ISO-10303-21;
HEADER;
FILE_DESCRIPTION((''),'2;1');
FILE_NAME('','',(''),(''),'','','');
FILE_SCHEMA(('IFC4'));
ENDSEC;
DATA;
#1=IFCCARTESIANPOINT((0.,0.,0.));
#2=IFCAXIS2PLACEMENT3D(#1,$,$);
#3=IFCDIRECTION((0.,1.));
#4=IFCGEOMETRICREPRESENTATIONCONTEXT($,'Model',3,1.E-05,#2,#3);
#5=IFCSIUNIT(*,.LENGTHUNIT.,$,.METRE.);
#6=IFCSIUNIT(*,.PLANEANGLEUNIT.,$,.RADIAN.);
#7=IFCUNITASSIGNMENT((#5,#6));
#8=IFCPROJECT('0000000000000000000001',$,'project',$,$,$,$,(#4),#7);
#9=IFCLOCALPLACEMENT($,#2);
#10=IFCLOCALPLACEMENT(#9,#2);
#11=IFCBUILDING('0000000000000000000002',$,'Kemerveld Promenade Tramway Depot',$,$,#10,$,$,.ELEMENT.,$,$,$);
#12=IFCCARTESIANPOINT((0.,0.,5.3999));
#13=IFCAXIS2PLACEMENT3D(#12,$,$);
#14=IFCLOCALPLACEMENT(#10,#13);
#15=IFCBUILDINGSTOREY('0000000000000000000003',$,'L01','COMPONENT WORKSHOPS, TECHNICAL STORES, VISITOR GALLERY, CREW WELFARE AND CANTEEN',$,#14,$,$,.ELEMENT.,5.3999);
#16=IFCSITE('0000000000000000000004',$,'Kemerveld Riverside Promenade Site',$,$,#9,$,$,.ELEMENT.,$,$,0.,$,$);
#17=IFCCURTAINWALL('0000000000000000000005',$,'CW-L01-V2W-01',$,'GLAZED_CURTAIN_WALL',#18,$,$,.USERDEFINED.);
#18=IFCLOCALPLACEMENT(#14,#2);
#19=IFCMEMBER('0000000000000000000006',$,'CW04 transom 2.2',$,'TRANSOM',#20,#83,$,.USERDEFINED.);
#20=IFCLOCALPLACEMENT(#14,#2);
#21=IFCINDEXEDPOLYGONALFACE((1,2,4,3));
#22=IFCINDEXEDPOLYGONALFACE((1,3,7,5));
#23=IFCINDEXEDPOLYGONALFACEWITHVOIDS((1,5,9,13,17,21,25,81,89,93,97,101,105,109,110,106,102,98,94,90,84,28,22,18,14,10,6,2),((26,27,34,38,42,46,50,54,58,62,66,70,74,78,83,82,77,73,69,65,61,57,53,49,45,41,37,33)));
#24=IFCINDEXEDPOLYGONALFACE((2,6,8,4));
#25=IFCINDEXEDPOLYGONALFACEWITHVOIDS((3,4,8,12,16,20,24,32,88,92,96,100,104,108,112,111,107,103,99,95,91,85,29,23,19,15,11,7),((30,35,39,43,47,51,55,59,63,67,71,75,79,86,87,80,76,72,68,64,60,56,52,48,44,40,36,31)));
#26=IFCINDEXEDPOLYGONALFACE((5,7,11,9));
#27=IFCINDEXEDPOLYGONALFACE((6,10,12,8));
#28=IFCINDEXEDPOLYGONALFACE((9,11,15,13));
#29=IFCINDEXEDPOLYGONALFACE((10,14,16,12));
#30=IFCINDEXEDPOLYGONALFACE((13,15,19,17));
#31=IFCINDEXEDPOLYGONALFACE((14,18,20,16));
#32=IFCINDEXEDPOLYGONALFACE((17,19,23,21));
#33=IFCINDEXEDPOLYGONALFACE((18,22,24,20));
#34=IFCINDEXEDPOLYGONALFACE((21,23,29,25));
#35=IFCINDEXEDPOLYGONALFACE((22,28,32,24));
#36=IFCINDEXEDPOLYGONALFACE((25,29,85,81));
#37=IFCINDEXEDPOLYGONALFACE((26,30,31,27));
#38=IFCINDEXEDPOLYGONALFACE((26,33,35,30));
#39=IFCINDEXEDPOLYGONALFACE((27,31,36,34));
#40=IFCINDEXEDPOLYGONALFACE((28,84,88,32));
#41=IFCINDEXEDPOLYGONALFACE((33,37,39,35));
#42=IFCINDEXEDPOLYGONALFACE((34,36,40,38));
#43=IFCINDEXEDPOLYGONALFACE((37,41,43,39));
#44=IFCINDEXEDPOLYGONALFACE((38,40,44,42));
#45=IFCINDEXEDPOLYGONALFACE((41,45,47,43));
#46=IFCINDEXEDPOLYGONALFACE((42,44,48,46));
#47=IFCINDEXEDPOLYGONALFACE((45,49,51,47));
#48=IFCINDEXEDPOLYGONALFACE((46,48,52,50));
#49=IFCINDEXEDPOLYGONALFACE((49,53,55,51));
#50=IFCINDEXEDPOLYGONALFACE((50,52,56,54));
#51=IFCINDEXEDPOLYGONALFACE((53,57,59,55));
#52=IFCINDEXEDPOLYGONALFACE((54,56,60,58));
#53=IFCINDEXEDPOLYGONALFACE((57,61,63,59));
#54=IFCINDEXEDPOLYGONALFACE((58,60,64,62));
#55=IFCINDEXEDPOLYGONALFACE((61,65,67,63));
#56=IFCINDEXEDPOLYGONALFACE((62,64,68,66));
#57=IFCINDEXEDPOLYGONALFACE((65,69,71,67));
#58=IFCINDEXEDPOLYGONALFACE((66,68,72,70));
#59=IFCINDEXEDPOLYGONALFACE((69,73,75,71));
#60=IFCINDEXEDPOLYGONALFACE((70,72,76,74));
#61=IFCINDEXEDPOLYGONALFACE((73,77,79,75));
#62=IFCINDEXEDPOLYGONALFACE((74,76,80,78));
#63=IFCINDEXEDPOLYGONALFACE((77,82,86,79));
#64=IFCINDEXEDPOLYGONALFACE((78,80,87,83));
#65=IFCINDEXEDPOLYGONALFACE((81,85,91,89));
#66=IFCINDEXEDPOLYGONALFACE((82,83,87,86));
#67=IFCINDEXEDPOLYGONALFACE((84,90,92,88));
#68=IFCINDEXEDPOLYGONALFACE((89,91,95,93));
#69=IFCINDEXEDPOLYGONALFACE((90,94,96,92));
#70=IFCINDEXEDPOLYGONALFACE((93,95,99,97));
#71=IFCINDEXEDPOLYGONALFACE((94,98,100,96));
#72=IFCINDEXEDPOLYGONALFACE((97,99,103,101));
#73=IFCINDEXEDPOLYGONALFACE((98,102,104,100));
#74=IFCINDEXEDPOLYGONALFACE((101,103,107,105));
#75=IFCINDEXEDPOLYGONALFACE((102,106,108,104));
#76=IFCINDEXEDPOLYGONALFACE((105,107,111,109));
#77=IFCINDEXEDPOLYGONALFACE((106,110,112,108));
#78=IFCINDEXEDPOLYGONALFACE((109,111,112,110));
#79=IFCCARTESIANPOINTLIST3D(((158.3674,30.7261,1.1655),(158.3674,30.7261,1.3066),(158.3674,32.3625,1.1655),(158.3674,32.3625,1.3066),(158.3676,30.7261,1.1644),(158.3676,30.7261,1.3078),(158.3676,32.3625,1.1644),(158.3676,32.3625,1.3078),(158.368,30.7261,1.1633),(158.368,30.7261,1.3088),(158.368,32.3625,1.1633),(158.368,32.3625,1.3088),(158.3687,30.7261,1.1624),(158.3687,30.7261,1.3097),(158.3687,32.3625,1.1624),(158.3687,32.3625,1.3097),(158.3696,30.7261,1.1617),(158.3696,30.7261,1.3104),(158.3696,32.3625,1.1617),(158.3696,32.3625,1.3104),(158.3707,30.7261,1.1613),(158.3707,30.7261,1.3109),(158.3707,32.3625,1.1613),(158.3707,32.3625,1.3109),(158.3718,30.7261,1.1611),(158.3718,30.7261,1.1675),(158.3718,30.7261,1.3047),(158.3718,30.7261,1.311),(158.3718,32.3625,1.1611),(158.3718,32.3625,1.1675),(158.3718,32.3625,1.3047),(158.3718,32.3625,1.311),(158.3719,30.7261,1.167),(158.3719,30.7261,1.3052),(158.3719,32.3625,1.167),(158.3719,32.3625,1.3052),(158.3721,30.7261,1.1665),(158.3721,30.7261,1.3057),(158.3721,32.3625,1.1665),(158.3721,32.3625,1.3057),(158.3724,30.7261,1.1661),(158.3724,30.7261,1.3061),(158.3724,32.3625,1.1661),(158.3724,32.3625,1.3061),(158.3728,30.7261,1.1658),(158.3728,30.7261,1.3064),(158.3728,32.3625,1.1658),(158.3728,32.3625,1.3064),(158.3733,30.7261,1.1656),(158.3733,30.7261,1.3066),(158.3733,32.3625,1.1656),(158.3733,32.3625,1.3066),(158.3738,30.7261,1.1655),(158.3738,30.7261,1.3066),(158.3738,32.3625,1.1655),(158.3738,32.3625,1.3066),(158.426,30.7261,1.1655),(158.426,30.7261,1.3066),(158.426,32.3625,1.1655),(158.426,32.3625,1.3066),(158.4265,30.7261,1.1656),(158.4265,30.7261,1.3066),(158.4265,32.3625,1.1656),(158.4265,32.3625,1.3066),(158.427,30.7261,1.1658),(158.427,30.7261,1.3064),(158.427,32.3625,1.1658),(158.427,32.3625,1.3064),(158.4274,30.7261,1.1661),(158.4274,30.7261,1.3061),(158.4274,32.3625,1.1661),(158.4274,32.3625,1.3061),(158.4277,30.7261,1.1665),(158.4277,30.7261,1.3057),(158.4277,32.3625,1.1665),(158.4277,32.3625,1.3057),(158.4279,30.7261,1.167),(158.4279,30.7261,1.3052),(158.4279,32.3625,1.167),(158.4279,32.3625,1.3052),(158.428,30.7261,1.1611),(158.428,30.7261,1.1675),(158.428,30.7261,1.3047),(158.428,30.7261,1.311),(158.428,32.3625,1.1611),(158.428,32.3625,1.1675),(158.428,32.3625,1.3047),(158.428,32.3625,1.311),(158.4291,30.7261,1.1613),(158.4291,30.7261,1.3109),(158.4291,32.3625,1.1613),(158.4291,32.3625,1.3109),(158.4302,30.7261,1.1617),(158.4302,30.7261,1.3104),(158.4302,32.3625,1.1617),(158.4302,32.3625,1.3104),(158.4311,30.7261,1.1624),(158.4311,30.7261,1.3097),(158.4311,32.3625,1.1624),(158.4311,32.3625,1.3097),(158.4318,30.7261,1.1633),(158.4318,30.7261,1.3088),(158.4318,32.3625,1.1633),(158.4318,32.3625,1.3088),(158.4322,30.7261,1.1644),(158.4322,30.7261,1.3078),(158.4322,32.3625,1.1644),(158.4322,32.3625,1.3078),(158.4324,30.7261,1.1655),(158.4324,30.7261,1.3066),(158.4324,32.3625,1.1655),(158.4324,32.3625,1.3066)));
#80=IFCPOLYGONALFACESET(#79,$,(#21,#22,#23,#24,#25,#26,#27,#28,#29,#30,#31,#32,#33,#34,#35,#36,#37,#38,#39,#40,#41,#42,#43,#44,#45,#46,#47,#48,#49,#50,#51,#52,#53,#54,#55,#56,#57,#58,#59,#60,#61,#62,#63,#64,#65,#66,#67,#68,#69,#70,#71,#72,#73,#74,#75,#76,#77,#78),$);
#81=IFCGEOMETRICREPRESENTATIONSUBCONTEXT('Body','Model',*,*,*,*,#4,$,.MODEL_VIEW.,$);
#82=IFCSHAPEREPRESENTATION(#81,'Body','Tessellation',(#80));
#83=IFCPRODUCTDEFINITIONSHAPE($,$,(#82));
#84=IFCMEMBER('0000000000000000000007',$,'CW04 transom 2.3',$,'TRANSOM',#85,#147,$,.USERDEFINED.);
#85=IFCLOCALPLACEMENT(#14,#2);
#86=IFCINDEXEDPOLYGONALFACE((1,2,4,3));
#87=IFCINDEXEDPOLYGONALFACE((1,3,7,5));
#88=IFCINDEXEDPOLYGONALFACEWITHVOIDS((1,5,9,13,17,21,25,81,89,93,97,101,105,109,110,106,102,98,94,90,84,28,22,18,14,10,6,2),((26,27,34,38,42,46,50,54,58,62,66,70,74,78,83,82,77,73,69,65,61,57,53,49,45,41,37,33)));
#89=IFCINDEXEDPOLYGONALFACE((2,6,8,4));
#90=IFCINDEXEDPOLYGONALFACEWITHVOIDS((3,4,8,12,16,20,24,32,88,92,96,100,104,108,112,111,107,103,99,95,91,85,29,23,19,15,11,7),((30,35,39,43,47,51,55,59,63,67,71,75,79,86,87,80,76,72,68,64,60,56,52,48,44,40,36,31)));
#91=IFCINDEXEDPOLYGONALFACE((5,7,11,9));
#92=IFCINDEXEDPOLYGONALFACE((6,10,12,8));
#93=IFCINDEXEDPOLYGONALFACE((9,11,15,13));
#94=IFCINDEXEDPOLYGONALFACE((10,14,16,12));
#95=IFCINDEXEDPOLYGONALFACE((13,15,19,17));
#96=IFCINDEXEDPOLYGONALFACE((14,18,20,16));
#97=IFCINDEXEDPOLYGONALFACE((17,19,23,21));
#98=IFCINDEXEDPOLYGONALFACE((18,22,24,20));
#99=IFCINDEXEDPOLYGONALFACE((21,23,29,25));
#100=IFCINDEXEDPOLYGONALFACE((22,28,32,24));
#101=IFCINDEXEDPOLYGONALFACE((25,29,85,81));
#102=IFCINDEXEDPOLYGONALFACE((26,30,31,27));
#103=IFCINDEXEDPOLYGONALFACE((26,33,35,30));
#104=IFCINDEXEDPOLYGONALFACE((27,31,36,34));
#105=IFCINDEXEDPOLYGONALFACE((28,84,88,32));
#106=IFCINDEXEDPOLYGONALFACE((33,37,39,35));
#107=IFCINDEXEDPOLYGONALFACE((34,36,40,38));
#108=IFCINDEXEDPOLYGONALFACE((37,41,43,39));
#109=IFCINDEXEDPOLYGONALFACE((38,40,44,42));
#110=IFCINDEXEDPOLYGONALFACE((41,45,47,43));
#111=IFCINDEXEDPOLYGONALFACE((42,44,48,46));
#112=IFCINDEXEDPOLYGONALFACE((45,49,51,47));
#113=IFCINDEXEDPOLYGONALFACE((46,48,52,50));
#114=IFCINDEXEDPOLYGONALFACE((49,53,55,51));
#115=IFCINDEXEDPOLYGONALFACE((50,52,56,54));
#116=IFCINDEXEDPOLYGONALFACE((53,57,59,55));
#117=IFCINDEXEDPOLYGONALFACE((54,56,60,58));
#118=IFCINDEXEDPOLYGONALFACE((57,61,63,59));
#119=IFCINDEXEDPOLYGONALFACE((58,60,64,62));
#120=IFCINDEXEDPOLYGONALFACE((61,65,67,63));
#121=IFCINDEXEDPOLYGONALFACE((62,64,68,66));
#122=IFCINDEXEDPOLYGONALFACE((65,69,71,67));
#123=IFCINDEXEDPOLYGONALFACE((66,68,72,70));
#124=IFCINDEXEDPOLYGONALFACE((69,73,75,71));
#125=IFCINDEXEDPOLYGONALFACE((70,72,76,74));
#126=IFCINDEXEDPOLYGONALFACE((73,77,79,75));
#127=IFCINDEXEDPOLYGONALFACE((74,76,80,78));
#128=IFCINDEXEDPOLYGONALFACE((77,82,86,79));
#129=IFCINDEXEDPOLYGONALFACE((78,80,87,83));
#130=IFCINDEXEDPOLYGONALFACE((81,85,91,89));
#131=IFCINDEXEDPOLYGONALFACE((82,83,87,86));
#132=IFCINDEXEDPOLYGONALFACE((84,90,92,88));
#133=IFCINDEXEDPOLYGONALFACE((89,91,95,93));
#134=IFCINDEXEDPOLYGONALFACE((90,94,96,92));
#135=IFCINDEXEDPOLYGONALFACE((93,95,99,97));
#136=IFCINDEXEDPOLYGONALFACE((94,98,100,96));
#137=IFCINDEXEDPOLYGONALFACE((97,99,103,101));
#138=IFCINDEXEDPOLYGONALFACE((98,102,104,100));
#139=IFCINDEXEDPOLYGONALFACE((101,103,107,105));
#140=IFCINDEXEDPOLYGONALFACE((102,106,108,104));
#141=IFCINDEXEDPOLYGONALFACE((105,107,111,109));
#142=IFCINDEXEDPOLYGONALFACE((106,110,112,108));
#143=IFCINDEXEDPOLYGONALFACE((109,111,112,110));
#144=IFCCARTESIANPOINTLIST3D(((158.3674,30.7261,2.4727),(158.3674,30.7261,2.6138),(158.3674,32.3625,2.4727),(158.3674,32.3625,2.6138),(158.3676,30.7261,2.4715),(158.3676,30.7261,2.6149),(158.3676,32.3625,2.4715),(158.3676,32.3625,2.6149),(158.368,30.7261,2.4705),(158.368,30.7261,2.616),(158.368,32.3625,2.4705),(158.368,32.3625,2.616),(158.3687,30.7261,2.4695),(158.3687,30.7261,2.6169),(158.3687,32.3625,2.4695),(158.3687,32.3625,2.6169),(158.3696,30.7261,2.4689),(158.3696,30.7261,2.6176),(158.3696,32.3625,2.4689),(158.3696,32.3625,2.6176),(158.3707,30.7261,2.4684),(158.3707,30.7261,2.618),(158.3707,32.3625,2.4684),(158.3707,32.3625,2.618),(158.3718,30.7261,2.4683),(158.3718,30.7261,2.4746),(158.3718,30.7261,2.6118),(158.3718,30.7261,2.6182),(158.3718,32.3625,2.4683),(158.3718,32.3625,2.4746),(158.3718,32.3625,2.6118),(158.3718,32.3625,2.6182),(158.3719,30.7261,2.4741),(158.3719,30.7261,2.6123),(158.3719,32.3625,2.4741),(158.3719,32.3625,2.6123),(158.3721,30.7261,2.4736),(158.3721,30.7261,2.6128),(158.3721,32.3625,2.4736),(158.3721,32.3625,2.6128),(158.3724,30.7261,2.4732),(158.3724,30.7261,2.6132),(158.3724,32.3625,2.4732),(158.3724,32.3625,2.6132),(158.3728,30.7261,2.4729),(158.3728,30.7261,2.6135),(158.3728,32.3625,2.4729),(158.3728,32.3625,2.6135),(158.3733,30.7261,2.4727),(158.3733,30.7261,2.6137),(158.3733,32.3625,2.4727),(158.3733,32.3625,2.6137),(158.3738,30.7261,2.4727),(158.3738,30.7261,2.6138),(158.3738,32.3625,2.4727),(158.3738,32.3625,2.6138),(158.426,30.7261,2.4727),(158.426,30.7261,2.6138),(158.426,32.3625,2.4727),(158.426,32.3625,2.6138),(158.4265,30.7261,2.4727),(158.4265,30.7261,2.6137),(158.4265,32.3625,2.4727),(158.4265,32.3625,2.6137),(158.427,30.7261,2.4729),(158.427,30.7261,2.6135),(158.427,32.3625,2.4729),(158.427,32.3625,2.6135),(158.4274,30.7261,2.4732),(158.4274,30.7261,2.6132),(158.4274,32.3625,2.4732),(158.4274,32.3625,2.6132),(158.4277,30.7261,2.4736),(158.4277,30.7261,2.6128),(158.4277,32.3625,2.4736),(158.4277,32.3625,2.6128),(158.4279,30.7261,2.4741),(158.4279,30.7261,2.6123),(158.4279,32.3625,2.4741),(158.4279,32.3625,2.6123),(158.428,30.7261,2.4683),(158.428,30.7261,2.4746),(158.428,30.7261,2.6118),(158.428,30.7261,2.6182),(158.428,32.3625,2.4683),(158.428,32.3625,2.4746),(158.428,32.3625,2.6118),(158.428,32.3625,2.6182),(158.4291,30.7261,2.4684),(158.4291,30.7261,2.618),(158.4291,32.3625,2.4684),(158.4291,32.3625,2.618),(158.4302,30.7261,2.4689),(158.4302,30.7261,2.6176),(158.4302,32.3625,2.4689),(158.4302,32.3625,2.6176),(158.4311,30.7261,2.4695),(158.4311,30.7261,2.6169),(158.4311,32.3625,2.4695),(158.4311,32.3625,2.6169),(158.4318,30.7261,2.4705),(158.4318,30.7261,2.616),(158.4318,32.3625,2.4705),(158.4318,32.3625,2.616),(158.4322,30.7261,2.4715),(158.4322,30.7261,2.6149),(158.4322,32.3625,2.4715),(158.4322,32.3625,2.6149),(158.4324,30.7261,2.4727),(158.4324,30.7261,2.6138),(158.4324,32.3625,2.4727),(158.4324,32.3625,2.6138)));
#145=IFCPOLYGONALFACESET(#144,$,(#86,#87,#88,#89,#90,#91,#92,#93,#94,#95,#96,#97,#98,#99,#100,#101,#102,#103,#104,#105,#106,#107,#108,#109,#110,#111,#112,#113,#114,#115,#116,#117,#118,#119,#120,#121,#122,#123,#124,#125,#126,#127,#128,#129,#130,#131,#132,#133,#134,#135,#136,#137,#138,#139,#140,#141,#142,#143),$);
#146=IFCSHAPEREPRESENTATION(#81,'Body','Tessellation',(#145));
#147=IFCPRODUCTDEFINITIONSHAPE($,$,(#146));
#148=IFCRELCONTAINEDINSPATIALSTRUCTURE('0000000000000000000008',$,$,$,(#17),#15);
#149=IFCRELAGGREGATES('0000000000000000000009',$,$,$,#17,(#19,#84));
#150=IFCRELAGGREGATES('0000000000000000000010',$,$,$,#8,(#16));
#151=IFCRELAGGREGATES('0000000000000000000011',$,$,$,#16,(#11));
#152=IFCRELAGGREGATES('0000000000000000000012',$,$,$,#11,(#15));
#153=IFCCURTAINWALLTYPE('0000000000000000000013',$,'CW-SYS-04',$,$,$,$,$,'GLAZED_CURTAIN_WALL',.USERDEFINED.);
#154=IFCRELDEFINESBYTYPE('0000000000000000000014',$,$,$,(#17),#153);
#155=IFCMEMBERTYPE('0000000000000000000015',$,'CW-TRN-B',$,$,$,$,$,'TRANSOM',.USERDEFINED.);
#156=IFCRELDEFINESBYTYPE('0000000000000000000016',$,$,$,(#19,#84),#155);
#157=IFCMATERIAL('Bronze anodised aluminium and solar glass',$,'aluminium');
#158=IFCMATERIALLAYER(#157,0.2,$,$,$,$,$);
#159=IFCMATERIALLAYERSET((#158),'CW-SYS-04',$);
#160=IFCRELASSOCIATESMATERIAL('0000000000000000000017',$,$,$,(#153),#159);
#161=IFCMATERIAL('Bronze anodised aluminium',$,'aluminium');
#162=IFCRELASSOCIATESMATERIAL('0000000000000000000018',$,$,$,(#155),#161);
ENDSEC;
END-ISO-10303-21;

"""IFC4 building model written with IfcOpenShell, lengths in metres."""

from ifc_helpers import new_model, si_unit, direction, frame, origin, origin_2d, place, context, subcontext, project, spatial, hollow_rectangle, extrude, material, layer, layer_set, material_profile, profile_set, type_object, element, aggregate, save


model = new_model("IFC4")

# Units and contexts
model_context = context("Model", 3, precision=1e-05, world=origin(), true_north=direction((0.0, 1.0)))
body_context = subcontext(model_context, "Body", "Model", "MODEL_VIEW")
ifc_project = project(units=[si_unit("LENGTHUNIT", "METRE"), si_unit("PLANEANGLEUNIT", "RADIAN")], contexts=[model_context])

# Site, building, storey
site_placement = place(None, origin())
site = spatial("IfcSite", under=ifc_project, at=site_placement, Name="Kemerveld Riverside Promenade Site", CompositionType="ELEMENT", RefElevation=0.0)
building_placement = place(site_placement, origin())
building = spatial("IfcBuilding", under=site, at=building_placement, Name="Kemerveld Promenade Tramway Depot", CompositionType="ELEMENT")
storey_placement = place(building_placement, frame((0.0, 0.0, 5.3999)))
storey = spatial("IfcBuildingStorey", under=building, at=storey_placement, Name="L01", Description="COMPONENT WORKSHOPS, TECHNICAL STORES, VISITOR GALLERY, CREW WELFARE AND CANTEEN", CompositionType="ELEMENT", Elevation=5.3999)

# Curtain wall, members
ifc_material_1 = material(Name="Bronze anodised aluminium and solar glass", Category="aluminium")
ifc_layer_1 = layer(ifc_material_1, 0.2)
ifc_layer_set_1 = layer_set([ifc_layer_1], Name="CW-SYS-04")
curtain_wall_type = type_object("IfcCurtainWallType", Name="CW-SYS-04", ElementType="GLAZED_CURTAIN_WALL", PredefinedType="USERDEFINED", material=ifc_layer_set_1)
curtain_wall_placement = place(storey_placement, origin())
curtain_wall = element("IfcCurtainWall", 1, at=curtain_wall_placement, inside=storey, type_object=curtain_wall_type, Name="CW-L01-V2W-01", ObjectType="GLAZED_CURTAIN_WALL", PredefinedType="USERDEFINED")
ifc_material_2 = material(Name="Bronze anodised aluminium", Category="aluminium")
ifc_material_profile_1 = material_profile(ifc_material_2, hollow_rectangle(XDim=0.0649, YDim=0.1499, WallThickness=0.0044, InnerFilletRadius=0.002, OuterFilletRadius=0.0044, at=origin_2d()), Name="CW-TRN-150x65")
ifc_profile_set_1 = profile_set([ifc_material_profile_1], Name="Bronze anodised aluminium")
member_type_1 = type_object("IfcMemberType", Name="CW-TRN-B", ElementType="TRANSOM", PredefinedType="USERDEFINED", material=ifc_profile_set_1)
member_1_placement = place(storey_placement, frame((158.3999, 30.7261, 1.2361), z_axis=(0.0, 1.0, 0.0), x_axis=(-1.0, 0.0, 0.0)))
member_1 = element("IfcMember", 2, at=member_1_placement, type_object=member_type_1, Name="CW04 transom 2.2", ObjectType="TRANSOM", PredefinedType="USERDEFINED", context=body_context, shape_type="SweptSolid", body=[
    extrude(hollow_rectangle(XDim=0.0649, YDim=0.1499, WallThickness=0.0044, InnerFilletRadius=0.002, OuterFilletRadius=0.0044, at=origin_2d()), origin(), (0.0, 0.0, 1.0), 1.6365),
])
member_2_placement = place(storey_placement, frame((158.3999, 30.7261, 2.5432), z_axis=(0.0, 1.0, 0.0), x_axis=(-1.0, 0.0, 0.0)))
member_2 = element("IfcMember", 3, at=member_2_placement, type_object=member_type_1, Name="CW04 transom 2.3", ObjectType="TRANSOM", PredefinedType="USERDEFINED", context=body_context, shape_type="SweptSolid", body=[
    extrude(hollow_rectangle(XDim=0.0649, YDim=0.1499, WallThickness=0.0044, InnerFilletRadius=0.002, OuterFilletRadius=0.0044, at=origin_2d()), origin(), (0.0, 0.0, 1.0), 1.6365),
])
aggregate(curtain_wall, [member_1, member_2])

save(model, "model.ifc")
